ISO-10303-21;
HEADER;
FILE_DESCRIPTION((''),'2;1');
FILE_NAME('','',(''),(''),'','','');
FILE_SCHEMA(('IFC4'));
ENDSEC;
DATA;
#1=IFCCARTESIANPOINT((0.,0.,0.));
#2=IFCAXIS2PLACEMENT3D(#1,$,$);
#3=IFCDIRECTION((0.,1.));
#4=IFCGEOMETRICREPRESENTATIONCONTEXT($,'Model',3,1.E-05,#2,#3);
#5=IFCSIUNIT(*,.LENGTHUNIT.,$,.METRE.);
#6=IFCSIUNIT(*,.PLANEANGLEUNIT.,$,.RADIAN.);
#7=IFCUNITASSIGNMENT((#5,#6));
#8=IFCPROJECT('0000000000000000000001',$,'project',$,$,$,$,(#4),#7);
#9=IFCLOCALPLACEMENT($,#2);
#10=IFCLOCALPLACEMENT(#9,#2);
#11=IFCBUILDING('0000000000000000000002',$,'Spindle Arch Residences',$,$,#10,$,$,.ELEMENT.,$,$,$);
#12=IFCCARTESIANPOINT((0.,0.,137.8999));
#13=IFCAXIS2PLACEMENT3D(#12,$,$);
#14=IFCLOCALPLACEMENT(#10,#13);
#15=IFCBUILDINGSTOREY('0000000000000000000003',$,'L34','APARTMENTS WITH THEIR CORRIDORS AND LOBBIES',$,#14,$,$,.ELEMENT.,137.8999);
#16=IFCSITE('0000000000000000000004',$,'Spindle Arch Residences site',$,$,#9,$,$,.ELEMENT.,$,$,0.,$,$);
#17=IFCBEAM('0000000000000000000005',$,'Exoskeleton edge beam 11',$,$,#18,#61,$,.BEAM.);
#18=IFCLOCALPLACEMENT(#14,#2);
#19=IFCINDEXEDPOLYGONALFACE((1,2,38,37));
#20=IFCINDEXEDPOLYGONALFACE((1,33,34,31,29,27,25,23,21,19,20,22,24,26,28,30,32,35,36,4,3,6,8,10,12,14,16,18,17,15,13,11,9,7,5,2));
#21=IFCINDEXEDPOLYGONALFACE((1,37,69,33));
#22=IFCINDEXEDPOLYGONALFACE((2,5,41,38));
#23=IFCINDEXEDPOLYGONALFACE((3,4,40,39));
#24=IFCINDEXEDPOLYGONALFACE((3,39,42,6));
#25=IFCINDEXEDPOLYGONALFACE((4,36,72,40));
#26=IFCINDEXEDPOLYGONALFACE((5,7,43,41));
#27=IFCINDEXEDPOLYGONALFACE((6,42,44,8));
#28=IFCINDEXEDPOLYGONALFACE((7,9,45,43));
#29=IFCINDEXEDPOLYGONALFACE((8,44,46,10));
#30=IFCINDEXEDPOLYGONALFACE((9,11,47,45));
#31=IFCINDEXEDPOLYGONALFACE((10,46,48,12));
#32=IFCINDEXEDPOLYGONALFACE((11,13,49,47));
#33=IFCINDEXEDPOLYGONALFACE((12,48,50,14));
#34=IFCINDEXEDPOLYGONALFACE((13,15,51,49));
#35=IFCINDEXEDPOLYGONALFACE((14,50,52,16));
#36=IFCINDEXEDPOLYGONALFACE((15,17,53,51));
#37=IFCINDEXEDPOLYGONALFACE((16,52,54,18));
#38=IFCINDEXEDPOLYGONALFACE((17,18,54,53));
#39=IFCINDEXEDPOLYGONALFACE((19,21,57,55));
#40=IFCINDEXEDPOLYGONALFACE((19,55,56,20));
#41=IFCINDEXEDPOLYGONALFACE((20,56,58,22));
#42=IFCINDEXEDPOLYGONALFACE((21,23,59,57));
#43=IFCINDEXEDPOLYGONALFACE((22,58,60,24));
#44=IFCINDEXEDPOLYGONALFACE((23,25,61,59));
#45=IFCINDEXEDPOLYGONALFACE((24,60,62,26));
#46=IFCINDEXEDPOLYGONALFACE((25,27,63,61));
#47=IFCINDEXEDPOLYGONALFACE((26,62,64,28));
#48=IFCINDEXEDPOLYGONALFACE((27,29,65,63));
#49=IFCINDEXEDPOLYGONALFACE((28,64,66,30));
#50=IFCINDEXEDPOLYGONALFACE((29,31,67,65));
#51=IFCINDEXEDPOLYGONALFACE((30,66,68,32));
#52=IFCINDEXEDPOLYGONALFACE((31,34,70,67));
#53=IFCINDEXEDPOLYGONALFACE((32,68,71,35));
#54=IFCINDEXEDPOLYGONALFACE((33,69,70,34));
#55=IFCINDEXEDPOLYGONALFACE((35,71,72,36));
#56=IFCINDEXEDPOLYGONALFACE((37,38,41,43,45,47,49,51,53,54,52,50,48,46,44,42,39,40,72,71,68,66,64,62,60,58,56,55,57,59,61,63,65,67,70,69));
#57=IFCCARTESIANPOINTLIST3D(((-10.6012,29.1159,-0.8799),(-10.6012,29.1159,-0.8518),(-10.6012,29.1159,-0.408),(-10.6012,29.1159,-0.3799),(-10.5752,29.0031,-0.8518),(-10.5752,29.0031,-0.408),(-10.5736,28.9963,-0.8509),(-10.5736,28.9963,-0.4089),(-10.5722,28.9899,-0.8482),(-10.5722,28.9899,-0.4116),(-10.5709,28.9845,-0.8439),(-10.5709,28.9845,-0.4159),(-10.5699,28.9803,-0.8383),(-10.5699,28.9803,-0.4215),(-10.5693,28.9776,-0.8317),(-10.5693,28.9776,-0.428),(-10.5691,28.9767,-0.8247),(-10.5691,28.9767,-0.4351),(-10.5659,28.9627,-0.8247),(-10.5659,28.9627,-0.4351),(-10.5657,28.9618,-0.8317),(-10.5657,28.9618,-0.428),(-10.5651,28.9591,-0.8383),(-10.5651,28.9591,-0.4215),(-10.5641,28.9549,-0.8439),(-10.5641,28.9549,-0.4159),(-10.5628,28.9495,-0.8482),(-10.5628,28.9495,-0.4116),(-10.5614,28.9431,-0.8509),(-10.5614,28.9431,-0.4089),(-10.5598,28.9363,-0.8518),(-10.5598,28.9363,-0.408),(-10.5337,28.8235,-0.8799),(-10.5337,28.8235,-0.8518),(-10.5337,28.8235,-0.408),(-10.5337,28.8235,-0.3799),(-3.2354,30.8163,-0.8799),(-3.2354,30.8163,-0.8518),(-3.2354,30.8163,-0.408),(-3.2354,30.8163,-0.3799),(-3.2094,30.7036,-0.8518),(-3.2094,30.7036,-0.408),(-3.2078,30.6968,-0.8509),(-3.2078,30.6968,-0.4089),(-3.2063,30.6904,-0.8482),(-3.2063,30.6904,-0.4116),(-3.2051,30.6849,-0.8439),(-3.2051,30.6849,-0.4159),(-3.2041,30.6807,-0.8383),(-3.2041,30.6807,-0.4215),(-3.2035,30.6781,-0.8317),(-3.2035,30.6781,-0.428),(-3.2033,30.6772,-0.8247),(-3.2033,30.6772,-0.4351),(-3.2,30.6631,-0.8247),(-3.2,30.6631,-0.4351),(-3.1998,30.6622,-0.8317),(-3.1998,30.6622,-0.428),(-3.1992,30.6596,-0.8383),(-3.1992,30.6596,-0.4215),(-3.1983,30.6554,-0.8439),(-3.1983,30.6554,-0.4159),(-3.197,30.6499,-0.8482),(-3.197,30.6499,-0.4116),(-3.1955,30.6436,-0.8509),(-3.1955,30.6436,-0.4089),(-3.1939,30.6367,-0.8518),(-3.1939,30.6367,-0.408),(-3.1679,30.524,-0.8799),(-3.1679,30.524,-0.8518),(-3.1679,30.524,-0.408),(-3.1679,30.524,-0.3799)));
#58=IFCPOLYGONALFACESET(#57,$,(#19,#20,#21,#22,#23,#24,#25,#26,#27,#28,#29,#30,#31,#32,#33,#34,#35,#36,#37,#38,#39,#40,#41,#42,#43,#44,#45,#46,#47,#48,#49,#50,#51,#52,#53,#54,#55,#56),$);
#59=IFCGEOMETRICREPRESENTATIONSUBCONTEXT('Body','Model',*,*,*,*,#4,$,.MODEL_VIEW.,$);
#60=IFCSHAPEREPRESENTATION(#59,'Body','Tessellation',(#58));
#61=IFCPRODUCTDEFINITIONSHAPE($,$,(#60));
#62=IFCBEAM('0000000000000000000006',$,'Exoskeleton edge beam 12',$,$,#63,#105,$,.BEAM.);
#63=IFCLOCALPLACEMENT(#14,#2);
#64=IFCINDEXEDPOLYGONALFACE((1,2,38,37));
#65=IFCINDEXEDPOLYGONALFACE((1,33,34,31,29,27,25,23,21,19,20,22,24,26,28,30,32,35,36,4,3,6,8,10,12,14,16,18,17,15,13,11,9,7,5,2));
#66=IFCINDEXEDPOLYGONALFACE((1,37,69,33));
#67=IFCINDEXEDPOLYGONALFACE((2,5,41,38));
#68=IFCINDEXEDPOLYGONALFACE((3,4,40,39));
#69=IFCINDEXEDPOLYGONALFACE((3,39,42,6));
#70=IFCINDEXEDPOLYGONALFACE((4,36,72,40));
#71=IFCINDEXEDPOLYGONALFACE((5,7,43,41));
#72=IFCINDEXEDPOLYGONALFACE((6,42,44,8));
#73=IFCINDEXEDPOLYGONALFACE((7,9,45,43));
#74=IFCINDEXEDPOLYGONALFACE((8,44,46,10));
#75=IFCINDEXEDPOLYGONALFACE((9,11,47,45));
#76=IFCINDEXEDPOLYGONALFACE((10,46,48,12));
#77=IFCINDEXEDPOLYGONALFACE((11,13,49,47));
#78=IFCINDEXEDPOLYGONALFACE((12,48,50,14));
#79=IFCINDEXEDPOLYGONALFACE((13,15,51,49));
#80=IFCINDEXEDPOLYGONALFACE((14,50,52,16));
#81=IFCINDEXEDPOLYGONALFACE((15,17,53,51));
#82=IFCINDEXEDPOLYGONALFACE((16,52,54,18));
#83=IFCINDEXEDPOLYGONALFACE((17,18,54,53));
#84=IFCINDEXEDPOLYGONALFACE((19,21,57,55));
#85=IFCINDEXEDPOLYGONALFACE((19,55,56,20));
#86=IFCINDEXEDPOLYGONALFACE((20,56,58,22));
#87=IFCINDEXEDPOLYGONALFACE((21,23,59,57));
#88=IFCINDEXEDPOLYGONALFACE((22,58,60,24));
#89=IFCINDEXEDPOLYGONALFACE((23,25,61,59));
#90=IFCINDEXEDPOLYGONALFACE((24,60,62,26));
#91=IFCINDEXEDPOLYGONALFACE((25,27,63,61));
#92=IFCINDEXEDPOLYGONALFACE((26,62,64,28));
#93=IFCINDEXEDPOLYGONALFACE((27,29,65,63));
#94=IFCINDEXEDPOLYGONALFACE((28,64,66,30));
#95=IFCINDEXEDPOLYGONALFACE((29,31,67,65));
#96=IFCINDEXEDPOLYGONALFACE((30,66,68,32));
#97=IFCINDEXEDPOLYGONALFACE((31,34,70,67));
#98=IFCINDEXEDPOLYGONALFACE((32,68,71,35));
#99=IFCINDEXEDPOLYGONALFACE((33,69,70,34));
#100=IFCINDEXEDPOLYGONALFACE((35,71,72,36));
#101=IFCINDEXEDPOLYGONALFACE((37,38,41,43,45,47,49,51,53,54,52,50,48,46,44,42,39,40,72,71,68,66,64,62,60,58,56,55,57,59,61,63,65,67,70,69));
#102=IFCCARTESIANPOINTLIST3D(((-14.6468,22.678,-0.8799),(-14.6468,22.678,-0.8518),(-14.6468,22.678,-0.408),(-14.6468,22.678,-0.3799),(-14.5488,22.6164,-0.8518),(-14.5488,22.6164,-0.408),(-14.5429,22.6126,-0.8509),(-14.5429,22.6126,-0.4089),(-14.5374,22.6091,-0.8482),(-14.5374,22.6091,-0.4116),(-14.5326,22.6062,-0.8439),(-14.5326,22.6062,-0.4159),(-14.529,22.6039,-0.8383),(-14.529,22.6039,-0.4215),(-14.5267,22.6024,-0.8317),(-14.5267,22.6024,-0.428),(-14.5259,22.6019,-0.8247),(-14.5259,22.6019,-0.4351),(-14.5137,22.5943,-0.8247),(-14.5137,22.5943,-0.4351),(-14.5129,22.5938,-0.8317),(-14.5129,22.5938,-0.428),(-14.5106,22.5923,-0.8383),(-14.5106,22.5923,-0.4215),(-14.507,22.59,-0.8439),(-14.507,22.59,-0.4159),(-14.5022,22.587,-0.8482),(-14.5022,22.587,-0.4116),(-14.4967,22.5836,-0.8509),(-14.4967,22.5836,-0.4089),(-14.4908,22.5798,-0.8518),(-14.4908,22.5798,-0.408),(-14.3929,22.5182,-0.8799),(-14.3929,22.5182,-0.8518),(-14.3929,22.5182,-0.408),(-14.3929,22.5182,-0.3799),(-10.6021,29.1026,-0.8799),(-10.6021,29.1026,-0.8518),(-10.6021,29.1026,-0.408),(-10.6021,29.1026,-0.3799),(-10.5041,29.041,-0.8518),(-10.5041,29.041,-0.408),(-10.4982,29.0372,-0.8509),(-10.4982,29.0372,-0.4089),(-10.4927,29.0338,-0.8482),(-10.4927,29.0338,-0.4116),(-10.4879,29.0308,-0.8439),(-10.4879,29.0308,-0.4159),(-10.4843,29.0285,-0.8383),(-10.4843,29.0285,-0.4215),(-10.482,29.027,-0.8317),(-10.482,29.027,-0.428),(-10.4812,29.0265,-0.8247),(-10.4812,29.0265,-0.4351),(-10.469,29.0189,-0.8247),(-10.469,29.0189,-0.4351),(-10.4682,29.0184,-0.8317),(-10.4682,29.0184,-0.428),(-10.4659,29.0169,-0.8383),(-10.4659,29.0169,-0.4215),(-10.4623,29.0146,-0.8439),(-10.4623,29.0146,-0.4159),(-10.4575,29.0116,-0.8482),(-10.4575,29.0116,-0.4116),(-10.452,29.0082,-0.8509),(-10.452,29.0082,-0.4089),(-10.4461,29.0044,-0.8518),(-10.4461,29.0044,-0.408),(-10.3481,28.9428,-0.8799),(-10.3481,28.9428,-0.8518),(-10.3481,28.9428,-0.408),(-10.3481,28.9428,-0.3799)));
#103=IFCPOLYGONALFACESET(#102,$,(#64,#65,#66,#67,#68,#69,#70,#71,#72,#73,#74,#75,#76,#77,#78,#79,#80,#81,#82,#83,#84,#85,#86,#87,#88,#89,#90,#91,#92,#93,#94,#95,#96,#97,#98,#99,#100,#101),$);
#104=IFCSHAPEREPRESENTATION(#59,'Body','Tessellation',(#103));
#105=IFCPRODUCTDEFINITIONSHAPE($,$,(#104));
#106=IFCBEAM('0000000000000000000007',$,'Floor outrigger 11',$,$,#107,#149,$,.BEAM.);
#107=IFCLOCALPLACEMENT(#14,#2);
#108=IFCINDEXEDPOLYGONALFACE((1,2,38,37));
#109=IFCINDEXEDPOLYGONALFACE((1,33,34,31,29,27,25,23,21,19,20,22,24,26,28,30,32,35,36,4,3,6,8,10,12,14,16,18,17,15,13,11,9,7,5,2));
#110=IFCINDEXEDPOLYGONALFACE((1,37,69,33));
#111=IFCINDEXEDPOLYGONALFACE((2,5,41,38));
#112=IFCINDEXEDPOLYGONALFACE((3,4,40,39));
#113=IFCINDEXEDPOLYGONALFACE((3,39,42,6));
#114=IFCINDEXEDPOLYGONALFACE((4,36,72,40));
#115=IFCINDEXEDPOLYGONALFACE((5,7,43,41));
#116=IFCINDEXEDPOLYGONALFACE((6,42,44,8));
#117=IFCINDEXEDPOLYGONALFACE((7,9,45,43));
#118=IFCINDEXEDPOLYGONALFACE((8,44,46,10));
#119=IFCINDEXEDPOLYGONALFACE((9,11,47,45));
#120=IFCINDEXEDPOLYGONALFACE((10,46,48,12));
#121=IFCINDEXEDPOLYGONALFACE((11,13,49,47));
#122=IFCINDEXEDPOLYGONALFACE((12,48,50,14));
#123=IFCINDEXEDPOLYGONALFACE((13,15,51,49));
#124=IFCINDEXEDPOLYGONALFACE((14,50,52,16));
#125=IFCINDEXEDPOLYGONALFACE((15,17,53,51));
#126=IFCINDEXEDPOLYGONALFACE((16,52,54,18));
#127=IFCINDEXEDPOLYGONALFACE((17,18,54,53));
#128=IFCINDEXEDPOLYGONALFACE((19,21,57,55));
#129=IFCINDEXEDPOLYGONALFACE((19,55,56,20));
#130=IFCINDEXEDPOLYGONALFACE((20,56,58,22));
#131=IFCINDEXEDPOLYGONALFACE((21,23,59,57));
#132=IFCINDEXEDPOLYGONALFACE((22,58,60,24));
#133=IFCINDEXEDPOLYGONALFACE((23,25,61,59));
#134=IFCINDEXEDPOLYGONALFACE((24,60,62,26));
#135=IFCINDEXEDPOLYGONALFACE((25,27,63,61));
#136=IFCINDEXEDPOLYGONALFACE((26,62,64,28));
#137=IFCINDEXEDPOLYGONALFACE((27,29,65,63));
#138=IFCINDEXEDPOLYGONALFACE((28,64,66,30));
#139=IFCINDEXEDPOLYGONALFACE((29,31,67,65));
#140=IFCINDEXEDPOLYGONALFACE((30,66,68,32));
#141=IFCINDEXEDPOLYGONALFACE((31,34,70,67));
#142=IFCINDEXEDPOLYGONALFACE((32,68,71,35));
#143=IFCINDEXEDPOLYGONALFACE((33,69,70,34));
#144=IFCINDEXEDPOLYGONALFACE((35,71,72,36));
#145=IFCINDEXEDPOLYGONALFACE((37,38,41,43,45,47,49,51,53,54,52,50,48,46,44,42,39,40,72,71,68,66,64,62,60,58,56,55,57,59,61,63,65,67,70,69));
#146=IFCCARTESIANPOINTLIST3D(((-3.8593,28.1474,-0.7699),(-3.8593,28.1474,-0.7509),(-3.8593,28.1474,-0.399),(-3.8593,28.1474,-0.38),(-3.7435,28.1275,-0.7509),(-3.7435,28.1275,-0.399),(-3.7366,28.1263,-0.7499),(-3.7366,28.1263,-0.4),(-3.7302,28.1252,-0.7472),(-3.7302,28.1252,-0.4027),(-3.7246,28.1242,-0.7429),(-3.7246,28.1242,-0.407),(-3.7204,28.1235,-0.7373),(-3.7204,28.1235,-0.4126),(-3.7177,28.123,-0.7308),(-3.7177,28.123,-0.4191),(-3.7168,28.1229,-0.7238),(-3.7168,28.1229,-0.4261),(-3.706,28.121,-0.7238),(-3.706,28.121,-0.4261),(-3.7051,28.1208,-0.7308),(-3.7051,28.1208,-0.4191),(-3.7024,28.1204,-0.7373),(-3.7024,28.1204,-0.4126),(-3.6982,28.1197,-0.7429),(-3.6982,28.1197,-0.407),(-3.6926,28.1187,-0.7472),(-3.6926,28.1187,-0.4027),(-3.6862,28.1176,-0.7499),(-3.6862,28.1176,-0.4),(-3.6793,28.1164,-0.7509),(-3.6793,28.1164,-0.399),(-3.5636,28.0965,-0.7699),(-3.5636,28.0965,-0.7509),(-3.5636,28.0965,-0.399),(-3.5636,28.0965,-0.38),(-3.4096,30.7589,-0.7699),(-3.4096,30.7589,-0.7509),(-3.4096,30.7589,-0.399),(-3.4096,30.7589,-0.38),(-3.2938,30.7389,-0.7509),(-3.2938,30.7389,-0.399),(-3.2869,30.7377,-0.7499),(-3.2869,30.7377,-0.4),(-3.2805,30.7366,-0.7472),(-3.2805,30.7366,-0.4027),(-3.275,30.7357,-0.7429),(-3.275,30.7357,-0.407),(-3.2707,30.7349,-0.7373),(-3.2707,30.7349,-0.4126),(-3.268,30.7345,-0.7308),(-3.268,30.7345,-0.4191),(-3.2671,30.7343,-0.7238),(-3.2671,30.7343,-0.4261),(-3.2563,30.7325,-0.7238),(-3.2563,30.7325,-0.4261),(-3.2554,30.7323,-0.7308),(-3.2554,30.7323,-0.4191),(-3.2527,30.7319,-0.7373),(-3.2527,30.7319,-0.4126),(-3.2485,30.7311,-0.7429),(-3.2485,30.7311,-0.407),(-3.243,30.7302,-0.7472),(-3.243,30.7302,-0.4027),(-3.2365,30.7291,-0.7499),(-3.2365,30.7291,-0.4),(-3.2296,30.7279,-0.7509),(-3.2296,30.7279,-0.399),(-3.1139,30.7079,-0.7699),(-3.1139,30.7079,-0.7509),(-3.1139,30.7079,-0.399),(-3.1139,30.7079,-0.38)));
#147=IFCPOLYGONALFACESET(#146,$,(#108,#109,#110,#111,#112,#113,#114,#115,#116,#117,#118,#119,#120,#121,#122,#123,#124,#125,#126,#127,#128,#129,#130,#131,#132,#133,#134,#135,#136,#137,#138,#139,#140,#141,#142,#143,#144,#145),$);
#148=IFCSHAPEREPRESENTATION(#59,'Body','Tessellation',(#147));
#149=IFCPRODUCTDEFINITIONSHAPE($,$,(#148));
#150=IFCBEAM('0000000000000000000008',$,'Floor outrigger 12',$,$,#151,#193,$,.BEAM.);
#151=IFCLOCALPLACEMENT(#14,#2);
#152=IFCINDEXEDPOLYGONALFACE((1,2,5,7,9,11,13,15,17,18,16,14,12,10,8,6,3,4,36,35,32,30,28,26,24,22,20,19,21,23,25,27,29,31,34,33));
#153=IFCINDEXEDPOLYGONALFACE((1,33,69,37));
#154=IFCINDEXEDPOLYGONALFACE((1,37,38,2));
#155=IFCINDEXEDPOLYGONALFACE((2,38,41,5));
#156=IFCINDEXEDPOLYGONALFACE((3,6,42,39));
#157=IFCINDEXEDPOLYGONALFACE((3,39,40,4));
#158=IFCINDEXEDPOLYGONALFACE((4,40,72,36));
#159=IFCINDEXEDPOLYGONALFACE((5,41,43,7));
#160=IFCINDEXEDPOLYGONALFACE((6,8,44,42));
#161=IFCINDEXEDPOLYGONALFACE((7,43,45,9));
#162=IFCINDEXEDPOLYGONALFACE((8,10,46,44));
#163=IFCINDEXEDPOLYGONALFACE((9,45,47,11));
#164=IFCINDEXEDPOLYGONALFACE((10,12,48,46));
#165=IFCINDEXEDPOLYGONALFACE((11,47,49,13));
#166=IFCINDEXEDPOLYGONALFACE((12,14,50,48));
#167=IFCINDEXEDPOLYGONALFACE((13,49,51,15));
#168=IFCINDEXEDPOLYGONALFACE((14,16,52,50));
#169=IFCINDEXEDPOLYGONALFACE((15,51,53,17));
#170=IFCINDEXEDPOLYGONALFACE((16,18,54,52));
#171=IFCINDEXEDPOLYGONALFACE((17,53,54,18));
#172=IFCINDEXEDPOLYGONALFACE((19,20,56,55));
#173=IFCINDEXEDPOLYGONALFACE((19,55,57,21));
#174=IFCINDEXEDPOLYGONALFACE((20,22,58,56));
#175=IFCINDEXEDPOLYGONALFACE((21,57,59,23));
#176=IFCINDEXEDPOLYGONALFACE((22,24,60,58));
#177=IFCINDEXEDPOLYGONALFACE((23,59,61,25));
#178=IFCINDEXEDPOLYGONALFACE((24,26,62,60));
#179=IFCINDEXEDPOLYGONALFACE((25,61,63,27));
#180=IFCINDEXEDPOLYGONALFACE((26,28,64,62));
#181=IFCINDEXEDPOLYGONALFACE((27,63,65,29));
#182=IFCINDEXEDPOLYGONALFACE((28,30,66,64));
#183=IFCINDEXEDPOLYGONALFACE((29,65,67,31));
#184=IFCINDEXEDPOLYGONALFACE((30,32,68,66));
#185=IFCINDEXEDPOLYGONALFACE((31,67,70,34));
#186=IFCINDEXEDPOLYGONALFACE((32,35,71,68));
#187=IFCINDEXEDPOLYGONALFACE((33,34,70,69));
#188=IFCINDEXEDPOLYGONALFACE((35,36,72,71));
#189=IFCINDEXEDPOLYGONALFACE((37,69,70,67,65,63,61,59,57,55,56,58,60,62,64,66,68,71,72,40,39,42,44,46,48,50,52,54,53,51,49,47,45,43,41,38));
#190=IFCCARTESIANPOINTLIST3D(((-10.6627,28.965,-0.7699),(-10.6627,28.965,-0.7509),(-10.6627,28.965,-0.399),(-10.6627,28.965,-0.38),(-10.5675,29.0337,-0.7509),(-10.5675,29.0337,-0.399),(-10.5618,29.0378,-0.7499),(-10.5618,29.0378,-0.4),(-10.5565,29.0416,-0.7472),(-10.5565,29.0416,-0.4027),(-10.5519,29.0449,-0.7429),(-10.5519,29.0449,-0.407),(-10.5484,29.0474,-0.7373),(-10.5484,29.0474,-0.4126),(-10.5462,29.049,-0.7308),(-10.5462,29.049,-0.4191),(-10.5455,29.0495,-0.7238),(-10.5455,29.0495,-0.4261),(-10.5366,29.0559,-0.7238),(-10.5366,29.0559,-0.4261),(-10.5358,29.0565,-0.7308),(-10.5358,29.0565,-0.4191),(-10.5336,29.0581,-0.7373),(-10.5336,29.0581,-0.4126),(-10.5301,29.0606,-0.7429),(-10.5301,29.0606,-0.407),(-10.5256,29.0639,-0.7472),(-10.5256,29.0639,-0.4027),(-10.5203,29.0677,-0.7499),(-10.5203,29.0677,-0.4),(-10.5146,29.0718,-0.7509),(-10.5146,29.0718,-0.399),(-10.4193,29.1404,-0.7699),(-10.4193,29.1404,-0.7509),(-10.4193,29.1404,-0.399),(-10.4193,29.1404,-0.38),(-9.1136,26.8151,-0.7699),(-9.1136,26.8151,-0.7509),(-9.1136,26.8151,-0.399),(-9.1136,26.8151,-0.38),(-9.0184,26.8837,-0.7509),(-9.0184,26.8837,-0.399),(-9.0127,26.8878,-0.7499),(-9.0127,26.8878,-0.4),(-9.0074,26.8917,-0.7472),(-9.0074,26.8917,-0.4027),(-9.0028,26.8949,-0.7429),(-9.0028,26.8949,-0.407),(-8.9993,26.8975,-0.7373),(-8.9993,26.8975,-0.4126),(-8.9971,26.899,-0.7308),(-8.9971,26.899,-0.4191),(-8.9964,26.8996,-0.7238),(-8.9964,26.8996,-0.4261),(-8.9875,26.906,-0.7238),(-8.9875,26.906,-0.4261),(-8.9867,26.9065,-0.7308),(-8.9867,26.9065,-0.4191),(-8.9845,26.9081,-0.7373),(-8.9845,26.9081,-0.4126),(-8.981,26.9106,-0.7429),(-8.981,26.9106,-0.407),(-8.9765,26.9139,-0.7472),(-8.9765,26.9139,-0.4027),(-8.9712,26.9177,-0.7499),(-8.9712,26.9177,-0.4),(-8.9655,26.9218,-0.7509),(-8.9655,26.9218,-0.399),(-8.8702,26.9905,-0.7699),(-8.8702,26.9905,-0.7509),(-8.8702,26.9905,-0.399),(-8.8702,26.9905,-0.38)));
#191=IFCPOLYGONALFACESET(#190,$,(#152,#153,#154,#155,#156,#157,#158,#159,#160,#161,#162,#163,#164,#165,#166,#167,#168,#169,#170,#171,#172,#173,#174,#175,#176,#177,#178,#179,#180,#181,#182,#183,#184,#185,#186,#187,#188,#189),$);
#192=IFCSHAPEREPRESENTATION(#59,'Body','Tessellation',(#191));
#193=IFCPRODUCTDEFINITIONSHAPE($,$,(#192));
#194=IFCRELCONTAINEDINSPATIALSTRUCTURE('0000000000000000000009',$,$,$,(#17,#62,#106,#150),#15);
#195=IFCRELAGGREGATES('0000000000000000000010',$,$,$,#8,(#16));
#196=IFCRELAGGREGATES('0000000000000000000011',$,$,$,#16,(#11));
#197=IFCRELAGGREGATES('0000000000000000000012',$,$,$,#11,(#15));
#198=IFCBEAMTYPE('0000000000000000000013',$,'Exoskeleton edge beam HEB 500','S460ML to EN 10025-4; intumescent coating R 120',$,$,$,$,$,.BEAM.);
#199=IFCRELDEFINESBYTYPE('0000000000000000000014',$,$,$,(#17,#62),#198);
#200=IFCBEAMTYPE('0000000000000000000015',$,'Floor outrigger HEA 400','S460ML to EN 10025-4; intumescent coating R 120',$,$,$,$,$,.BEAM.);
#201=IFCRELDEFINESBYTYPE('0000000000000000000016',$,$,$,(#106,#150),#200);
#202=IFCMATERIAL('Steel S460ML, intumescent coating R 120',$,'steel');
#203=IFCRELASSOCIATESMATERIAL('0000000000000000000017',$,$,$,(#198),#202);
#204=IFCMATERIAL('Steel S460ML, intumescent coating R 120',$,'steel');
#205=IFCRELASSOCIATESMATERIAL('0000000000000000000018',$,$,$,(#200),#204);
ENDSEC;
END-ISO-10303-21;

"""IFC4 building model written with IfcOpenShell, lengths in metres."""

from ifc_helpers import new_model, si_unit, direction, frame, origin, origin_2d, place, context, subcontext, project, spatial, i_section, extrude, material, material_profile, profile_set, type_object, element, save


model = new_model("IFC4")

# Units and contexts
model_context = context("Model", 3, precision=1e-05, world=origin(), true_north=direction((0.0, 1.0)))
body_context = subcontext(model_context, "Body", "Model", "MODEL_VIEW")
ifc_project = project(units=[si_unit("LENGTHUNIT", "METRE"), si_unit("PLANEANGLEUNIT", "RADIAN")], contexts=[model_context])

# Site, building, storey
site_placement = place(None, origin())
site = spatial("IfcSite", under=ifc_project, at=site_placement, Name="Spindle Arch Residences site", CompositionType="ELEMENT", RefElevation=0.0)
building_placement = place(site_placement, origin())
building = spatial("IfcBuilding", under=site, at=building_placement, Name="Spindle Arch Residences", CompositionType="ELEMENT")
storey_placement = place(building_placement, frame((0.0, 0.0, 137.8999)))
storey = spatial("IfcBuildingStorey", under=building, at=storey_placement, Name="L34", Description="APARTMENTS WITH THEIR CORRIDORS AND LOBBIES", CompositionType="ELEMENT", Elevation=137.8999)

# Beams
ifc_material_1 = material(Name="Steel S460ML, intumescent coating R 120", Category="steel")
ifc_material_profile_1 = material_profile(ifc_material_1, i_section(OverallWidth=0.3, OverallDepth=0.5, WebThickness=0.0144, FlangeThickness=0.0281, FilletRadius=0.0271, at=origin_2d()), Name="HEB 500")
ifc_profile_set_1 = profile_set([ifc_material_profile_1], Name="Steel S460ML, intumescent coating R 120")
beam_type_1 = type_object("IfcBeamType", Name="Exoskeleton edge beam HEB 500", Description="S460ML to EN 10025-4; intumescent coating R 120", PredefinedType="BEAM", material=ifc_profile_set_1)
beam_1_placement = place(storey_placement, frame((-3.2017, 30.6702, -0.6299), z_axis=(-0.974372, -0.224942, 0.0), x_axis=(0.224942, -0.974372, 0.0)))
element("IfcBeam", 1, at=beam_1_placement, inside=storey, type_object=beam_type_1, Name="Exoskeleton edge beam 11", PredefinedType="BEAM", context=body_context, shape_type="SweptSolid", body=[
    extrude(i_section(OverallWidth=0.3, OverallDepth=0.5, WebThickness=0.0144, FlangeThickness=0.0281, FilletRadius=0.0271, at=origin_2d()), origin(), (0.0, 0.0, 1.0), 7.5596),
])
beam_2_placement = place(storey_placement, frame((-10.4751, 29.0227, -0.6299), z_axis=(-0.532774, -0.846258, 0.0), x_axis=(0.846258, -0.532774, 0.0)))
element("IfcBeam", 2, at=beam_2_placement, inside=storey, type_object=beam_type_1, Name="Exoskeleton edge beam 12", PredefinedType="BEAM", context=body_context, shape_type="SweptSolid", body=[
    extrude(i_section(OverallWidth=0.3, OverallDepth=0.5, WebThickness=0.0144, FlangeThickness=0.0281, FilletRadius=0.0271, at=origin_2d()), origin(), (0.0, 0.0, 1.0), 7.5918),
])
ifc_material_2 = material(Name="Steel S460ML, intumescent coating R 120", Category="steel")
ifc_material_profile_2 = material_profile(ifc_material_2, i_section(OverallWidth=0.3, OverallDepth=0.3899, WebThickness=0.011, FlangeThickness=0.019, FilletRadius=0.0271, at=origin_2d()), Name="HEA 400")
ifc_profile_set_2 = profile_set([ifc_material_profile_2], Name="Steel S460ML, intumescent coating R 120")
beam_type_2 = type_object("IfcBeamType", Name="Floor outrigger HEA 400", Description="S460ML to EN 10025-4; intumescent coating R 120", PredefinedType="BEAM", material=ifc_profile_set_2)
for number, where, z_axis, x_axis, name in (
    (3, (-3.2617, 30.7334, -0.575), (-0.1697, -0.985496, 0.0), (0.985496, -0.1697, 0.0), "Floor outrigger 11"),
    (4, (-10.541, 29.0527, -0.575), (0.584589, -0.81133, 0.0), (0.81133, 0.584589, 0.0), "Floor outrigger 12"),
):
    element("IfcBeam", number, at=place(storey_placement, frame(where, z_axis=z_axis, x_axis=x_axis)), inside=storey, type_object=beam_type_2, Name=name, PredefinedType="BEAM", context=body_context, shape_type="SweptSolid", body=[
        extrude(i_section(OverallWidth=0.3, OverallDepth=0.3899, WebThickness=0.011, FlangeThickness=0.019, FilletRadius=0.0271, at=origin_2d()), origin(), (0.0, 0.0, 1.0), 2.6499),
    ])

save(model, "model.ifc")
